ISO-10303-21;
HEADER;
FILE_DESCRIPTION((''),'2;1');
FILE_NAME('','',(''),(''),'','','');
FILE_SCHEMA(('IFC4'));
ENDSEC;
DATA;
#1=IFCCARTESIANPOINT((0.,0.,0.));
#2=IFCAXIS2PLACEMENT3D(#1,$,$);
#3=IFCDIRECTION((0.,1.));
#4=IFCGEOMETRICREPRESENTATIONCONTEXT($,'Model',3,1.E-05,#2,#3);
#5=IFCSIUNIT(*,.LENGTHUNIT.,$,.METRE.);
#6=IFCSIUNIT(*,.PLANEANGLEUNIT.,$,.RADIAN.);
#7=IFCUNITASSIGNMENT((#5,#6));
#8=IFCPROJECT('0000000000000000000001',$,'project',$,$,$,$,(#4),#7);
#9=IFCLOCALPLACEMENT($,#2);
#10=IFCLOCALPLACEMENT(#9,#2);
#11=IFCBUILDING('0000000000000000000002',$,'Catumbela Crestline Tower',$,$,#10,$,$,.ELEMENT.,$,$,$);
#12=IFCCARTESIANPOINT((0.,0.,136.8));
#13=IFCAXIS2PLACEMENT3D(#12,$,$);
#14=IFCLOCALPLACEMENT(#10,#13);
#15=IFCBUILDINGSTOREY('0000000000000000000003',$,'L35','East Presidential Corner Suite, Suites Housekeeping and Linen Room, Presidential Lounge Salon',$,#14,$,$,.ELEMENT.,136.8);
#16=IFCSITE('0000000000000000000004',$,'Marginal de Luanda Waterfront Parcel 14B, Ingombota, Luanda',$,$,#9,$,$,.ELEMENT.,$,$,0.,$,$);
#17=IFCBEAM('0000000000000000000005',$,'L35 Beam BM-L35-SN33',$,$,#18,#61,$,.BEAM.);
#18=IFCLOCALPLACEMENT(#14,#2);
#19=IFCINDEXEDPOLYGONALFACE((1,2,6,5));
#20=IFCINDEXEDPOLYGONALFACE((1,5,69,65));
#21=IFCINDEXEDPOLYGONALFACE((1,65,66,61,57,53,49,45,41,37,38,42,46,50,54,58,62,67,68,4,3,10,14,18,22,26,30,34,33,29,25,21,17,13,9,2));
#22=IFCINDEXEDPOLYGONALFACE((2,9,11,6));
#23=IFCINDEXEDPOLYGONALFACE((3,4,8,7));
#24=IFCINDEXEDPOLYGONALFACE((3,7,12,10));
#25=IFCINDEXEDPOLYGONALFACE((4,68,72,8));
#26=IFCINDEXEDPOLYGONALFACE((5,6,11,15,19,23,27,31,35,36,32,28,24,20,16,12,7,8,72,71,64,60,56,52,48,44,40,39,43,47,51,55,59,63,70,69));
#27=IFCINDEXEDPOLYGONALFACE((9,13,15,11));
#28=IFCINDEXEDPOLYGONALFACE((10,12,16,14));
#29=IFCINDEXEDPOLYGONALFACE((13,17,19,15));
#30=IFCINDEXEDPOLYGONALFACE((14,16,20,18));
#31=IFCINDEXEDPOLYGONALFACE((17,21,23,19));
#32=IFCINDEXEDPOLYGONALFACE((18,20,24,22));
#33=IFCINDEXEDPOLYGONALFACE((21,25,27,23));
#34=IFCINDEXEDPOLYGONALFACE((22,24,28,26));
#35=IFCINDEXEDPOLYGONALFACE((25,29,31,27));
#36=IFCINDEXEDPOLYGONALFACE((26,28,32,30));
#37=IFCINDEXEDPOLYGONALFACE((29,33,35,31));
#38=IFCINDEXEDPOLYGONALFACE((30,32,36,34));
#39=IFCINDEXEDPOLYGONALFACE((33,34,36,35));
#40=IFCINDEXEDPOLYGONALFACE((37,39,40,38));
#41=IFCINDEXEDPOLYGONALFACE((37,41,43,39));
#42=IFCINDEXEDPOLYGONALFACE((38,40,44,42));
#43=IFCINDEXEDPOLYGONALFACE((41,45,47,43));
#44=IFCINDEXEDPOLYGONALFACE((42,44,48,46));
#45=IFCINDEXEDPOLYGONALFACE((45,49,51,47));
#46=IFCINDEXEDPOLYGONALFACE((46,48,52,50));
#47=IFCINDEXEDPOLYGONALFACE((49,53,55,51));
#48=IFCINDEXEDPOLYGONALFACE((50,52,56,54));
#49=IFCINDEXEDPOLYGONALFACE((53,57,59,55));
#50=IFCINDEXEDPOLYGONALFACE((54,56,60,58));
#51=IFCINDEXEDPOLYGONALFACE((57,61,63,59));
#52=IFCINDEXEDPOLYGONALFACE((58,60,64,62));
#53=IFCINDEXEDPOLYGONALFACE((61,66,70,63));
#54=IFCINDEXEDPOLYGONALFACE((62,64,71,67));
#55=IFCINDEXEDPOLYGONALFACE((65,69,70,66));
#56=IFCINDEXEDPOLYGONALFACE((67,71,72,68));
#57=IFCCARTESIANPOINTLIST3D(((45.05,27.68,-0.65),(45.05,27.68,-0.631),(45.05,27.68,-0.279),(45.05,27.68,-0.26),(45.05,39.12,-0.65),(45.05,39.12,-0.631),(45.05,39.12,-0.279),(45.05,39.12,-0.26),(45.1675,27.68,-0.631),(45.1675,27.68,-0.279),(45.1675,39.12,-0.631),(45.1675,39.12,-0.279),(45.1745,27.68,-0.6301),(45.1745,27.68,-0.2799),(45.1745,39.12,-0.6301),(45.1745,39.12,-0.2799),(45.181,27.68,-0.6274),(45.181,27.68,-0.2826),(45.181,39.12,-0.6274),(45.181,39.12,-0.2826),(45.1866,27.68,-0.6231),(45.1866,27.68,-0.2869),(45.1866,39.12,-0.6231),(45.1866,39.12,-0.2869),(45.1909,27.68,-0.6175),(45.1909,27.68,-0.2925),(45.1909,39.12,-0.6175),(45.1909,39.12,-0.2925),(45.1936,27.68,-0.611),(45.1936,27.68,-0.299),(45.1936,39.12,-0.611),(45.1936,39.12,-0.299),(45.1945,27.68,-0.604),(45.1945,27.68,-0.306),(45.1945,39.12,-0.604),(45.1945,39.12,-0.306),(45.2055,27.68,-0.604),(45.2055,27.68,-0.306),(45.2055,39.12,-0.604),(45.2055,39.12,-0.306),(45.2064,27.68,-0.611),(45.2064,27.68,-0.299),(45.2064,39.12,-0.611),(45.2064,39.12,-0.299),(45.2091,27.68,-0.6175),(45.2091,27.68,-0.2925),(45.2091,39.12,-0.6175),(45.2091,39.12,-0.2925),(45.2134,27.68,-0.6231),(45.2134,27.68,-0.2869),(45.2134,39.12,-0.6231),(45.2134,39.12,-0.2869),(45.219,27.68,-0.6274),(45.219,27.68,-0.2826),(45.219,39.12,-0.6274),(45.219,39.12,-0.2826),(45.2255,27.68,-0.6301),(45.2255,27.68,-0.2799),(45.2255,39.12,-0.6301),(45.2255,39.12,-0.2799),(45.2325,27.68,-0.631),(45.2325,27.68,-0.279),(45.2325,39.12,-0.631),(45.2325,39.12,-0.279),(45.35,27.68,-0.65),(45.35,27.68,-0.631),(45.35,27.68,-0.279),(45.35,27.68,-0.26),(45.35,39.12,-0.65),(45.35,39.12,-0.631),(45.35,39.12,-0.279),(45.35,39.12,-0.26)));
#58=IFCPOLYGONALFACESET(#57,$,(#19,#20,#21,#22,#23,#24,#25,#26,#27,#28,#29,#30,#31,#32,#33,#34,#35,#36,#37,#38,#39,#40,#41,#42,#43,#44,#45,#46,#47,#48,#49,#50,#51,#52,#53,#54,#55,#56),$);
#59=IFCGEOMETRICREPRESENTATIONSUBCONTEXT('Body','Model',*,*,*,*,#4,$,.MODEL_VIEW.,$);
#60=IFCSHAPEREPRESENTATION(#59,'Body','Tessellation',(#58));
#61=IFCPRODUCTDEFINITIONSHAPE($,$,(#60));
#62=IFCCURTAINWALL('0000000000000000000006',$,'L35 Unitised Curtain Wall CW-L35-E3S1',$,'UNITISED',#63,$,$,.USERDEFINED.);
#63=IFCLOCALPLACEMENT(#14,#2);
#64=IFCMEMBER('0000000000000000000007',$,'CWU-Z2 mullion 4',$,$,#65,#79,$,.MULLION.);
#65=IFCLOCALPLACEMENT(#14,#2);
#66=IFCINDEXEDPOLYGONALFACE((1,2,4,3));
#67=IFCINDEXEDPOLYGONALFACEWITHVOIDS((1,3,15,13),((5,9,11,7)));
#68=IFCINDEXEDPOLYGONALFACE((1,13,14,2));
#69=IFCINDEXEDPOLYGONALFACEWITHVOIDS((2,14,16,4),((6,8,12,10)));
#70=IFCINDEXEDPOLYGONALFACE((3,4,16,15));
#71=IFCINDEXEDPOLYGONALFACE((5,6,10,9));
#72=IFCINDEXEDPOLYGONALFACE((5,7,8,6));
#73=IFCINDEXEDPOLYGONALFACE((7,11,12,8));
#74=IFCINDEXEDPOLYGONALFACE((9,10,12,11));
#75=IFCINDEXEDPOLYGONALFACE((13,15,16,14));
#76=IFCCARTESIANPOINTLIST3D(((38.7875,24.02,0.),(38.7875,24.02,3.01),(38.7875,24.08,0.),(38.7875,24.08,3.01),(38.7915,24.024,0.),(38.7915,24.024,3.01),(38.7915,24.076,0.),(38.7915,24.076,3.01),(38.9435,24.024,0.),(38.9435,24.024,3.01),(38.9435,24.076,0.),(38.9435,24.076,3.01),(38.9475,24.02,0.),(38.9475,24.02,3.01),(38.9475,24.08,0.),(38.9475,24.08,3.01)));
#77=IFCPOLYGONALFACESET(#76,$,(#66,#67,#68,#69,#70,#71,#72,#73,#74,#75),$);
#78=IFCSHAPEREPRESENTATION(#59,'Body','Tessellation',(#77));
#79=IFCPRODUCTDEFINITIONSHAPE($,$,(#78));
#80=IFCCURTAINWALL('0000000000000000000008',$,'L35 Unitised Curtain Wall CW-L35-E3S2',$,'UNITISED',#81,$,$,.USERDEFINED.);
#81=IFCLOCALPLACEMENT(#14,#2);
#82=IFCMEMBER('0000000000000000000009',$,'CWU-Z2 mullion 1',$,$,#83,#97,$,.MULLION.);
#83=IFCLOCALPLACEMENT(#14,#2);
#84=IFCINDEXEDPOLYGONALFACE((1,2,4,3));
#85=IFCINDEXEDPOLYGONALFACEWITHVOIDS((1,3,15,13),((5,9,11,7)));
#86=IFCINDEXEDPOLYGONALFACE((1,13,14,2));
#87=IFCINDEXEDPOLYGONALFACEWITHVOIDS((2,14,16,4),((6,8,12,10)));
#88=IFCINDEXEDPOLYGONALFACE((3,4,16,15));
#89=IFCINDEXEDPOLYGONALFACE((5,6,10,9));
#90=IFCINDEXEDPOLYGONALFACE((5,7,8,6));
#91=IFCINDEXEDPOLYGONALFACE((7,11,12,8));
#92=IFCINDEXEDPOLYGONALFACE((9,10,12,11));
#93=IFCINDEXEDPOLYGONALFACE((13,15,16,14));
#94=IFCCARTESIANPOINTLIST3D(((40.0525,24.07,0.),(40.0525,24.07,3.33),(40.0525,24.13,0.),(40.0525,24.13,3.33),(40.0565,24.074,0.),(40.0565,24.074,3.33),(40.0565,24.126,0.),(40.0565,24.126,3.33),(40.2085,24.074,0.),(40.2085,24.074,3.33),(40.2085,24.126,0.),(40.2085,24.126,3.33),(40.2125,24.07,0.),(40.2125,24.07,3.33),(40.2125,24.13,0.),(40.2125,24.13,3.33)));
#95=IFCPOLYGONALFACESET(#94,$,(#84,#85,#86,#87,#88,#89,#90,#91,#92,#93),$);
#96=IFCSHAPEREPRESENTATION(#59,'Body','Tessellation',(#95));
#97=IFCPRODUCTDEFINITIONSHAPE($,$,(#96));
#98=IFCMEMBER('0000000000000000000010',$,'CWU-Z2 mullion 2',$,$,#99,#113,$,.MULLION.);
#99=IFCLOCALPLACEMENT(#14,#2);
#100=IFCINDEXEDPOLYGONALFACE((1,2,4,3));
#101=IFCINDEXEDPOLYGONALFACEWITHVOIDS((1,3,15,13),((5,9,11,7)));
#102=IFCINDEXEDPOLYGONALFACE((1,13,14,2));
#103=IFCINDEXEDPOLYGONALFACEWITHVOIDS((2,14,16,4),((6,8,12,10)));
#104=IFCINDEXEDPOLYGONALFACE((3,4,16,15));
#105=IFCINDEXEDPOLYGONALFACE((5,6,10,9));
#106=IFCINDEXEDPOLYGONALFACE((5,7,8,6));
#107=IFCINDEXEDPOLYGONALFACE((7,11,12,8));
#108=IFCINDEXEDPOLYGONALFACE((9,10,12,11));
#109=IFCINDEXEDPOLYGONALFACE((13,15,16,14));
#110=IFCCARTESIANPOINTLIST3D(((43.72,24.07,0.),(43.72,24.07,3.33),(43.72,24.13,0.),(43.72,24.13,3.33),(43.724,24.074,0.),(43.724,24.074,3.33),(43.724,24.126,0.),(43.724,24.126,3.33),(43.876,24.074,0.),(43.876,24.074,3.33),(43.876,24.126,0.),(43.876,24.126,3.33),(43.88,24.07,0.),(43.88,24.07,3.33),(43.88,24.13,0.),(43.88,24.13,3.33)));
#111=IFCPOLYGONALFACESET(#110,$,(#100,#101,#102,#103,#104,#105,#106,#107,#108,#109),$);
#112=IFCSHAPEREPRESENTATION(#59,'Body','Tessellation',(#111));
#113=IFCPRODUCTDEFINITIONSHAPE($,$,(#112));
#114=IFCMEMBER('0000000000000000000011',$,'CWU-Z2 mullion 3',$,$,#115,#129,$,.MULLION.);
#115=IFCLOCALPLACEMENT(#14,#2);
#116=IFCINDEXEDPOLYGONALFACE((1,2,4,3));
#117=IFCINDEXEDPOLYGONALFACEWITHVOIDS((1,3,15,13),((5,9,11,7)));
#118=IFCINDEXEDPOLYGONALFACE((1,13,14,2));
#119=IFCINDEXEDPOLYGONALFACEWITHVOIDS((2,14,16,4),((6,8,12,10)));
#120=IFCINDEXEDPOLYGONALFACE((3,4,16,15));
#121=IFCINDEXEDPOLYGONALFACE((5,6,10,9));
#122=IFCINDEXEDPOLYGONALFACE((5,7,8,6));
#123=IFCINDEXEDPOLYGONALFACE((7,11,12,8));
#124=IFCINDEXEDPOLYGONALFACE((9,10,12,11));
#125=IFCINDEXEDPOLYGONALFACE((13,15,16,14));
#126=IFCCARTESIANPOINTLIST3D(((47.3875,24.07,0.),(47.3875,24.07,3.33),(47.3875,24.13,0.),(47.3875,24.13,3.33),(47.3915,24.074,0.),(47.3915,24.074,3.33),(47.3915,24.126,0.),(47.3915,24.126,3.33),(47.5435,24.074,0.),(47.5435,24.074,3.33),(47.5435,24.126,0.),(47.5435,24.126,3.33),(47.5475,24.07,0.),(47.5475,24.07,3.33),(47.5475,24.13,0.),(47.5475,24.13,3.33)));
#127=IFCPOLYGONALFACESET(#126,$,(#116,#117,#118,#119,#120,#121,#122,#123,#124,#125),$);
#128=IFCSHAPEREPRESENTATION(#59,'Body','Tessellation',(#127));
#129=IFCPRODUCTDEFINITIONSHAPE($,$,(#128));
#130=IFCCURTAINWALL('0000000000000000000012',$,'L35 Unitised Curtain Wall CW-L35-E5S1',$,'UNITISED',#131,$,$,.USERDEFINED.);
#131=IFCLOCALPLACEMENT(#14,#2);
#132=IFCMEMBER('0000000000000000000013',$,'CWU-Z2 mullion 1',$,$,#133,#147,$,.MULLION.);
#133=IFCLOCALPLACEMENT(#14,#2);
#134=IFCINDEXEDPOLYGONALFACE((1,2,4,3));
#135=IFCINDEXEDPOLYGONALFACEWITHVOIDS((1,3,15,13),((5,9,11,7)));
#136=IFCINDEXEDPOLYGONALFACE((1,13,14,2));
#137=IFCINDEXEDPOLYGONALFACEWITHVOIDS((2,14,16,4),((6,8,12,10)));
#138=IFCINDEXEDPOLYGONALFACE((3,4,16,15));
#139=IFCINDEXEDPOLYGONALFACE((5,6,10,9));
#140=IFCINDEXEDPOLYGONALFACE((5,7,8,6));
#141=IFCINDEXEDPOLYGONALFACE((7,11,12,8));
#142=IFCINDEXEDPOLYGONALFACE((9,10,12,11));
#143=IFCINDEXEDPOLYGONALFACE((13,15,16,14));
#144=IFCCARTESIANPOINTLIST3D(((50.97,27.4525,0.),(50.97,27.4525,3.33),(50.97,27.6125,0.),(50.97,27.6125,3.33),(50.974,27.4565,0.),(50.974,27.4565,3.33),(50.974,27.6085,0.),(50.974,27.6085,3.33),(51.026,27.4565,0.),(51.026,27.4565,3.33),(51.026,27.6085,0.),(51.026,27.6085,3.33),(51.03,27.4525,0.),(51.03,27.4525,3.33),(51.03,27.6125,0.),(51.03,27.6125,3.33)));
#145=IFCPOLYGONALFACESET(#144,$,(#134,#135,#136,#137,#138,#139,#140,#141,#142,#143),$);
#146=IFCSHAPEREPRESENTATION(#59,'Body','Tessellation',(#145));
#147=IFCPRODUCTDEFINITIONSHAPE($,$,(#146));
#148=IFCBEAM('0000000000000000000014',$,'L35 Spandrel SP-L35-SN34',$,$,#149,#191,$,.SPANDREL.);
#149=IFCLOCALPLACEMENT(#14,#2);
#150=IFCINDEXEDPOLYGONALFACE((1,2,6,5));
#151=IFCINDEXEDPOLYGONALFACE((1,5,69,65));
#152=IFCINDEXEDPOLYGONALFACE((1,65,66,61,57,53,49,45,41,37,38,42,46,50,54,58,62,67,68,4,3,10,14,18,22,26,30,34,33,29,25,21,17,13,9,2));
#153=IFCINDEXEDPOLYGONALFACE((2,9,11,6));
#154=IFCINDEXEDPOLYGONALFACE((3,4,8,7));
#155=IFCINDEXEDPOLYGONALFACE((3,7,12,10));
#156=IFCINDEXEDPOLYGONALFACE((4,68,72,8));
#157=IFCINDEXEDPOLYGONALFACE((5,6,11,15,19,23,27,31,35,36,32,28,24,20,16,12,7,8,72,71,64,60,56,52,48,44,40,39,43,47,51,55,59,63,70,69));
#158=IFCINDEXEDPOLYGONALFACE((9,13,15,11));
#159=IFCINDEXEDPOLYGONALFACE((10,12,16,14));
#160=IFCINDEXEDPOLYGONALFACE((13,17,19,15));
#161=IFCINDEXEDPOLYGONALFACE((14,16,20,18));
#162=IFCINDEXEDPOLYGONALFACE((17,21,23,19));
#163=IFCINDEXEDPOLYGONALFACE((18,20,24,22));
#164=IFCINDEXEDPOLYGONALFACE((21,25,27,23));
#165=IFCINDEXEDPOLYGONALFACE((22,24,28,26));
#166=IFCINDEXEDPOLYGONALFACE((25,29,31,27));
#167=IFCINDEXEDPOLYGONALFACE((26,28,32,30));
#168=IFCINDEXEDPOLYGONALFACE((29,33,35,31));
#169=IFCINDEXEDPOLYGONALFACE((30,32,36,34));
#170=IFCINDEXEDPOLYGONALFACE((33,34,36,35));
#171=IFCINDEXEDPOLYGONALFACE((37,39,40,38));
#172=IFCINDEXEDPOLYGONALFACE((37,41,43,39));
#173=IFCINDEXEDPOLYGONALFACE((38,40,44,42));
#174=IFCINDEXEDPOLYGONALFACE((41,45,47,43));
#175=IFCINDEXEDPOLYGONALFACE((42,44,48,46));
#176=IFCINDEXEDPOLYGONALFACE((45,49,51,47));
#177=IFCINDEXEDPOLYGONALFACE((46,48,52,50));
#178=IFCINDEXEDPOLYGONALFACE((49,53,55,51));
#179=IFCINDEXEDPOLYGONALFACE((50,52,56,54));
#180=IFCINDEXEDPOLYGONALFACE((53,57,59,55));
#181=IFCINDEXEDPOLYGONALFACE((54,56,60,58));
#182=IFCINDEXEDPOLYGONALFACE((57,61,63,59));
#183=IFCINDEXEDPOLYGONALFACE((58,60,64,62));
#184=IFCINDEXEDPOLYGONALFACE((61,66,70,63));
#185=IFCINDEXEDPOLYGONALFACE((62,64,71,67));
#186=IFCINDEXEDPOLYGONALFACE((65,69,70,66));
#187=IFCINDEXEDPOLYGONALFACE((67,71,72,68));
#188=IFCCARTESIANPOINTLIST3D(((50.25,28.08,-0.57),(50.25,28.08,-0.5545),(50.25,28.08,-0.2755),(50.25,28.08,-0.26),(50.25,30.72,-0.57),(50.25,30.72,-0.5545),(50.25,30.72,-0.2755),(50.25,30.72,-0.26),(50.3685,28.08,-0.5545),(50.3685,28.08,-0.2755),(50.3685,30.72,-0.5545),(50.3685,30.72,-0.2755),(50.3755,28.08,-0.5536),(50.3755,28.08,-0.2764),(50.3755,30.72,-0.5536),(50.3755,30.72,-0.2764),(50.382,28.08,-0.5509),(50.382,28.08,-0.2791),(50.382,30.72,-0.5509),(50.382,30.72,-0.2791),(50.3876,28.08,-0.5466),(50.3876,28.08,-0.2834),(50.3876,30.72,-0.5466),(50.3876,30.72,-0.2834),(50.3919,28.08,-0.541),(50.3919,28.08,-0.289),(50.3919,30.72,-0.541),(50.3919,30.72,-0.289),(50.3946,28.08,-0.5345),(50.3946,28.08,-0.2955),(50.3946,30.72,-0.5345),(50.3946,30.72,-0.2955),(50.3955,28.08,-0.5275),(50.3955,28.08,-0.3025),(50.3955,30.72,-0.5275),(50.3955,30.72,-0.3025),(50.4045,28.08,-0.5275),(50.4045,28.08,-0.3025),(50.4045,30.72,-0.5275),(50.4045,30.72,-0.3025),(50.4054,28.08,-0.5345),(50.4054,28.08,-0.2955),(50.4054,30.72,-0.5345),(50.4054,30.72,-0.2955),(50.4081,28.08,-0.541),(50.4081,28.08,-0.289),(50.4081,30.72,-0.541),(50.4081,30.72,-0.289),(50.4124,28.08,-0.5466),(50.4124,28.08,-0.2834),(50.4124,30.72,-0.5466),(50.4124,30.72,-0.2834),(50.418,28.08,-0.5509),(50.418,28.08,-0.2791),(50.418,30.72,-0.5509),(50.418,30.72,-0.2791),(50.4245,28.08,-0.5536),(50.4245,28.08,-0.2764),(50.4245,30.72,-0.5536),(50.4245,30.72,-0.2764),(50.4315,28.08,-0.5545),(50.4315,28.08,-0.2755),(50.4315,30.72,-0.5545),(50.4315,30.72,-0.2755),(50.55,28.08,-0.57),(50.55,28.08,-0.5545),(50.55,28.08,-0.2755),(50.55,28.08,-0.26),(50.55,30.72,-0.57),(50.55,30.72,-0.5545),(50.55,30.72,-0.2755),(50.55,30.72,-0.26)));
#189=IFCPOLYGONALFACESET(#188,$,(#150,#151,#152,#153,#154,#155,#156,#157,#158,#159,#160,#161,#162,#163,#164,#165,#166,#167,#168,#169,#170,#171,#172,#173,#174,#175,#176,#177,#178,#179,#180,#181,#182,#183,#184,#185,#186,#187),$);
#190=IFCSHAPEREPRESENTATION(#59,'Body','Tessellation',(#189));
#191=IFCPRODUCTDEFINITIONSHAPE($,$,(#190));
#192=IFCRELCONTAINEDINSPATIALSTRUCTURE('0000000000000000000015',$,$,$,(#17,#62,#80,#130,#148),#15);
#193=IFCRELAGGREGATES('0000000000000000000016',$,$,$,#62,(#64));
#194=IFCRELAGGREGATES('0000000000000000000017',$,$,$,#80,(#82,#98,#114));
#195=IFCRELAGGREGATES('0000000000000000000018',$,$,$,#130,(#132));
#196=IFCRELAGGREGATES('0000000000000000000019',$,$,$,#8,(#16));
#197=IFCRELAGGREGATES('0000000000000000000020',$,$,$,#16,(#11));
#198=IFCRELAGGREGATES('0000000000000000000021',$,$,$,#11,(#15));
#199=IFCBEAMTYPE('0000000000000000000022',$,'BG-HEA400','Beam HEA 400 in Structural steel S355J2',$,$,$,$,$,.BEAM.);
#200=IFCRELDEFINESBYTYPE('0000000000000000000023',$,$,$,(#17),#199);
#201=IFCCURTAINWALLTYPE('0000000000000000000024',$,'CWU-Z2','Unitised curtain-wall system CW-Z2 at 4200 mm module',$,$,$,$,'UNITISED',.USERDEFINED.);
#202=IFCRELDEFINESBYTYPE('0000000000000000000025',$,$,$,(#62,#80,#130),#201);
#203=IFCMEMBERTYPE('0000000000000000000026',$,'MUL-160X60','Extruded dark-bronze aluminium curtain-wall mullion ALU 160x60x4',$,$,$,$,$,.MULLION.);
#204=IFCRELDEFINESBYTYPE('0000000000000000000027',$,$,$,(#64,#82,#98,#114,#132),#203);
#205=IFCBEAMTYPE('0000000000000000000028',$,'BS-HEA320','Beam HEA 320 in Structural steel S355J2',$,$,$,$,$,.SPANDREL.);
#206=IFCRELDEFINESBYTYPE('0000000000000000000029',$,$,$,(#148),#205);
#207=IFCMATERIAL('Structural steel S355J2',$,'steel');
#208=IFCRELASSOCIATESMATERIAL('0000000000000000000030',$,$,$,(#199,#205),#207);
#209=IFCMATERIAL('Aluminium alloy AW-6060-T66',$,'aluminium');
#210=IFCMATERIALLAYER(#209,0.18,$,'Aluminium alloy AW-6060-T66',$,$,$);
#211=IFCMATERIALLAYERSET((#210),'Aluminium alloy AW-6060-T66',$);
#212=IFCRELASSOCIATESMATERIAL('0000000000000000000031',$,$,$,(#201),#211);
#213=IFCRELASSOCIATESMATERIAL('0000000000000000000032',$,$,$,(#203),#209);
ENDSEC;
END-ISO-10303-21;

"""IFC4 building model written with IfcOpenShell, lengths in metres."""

from ifc_helpers import new_model, si_unit, direction, frame, origin, origin_2d, place, context, subcontext, project, spatial, hollow_rectangle, i_section, extrude, material, layer, layer_set, material_profile, profile_set, type_object, element, aggregate, save


model = new_model("IFC4")

# Units and contexts
model_context = context("Model", 3, precision=1e-05, world=origin(), true_north=direction((0.0, 1.0)))
body_context = subcontext(model_context, "Body", "Model", "MODEL_VIEW")
ifc_project = project(units=[si_unit("LENGTHUNIT", "METRE"), si_unit("PLANEANGLEUNIT", "RADIAN")], contexts=[model_context])

# Site, building, storey
site_placement = place(None, origin())
site = spatial("IfcSite", under=ifc_project, at=site_placement, Name="Marginal de Luanda Waterfront Parcel 14B, Ingombota, Luanda", CompositionType="ELEMENT", RefElevation=0.0)
building_placement = place(site_placement, origin())
building = spatial("IfcBuilding", under=site, at=building_placement, Name="Catumbela Crestline Tower", CompositionType="ELEMENT")
storey_placement = place(building_placement, frame((0.0, 0.0, 136.8)))
storey = spatial("IfcBuildingStorey", under=building, at=storey_placement, Name="L35", Description="East Presidential Corner Suite, Suites Housekeeping and Linen Room, Presidential Lounge Salon", CompositionType="ELEMENT", Elevation=136.8)

# Beam
ifc_material_1 = material(Name="Structural steel S355J2", Category="steel")
ifc_material_profile_1 = material_profile(ifc_material_1, i_section(OverallWidth=0.3, OverallDepth=0.39, WebThickness=0.011, FlangeThickness=0.019, FilletRadius=0.027, at=origin_2d()), Name="HEA 400")
ifc_profile_set_1 = profile_set([ifc_material_profile_1], Name="Structural steel S355J2")
beam_type_1 = type_object("IfcBeamType", Name="BG-HEA400", Description="Beam HEA 400 in Structural steel S355J2", PredefinedType="BEAM", material=ifc_profile_set_1)
beam_1_placement = place(storey_placement, frame((45.2, 27.68, -0.455), z_axis=(0.0, 1.0, 0.0), x_axis=(-1.0, 0.0, 0.0)))
element("IfcBeam", 1, at=beam_1_placement, inside=storey, type_object=beam_type_1, Name="L35 Beam BM-L35-SN33", PredefinedType="BEAM", context=body_context, shape_type="SweptSolid", body=[
    extrude(i_section(OverallWidth=0.3, OverallDepth=0.39, WebThickness=0.011, FlangeThickness=0.019, FilletRadius=0.027, at=origin_2d()), origin(), (0.0, 0.0, 1.0), 11.44),
])

# Curtain wall, member
ifc_material_2 = material(Name="Aluminium alloy AW-6060-T66", Category="aluminium")
ifc_layer_1 = layer(ifc_material_2, 0.18, Name="Aluminium alloy AW-6060-T66")
ifc_layer_set_1 = layer_set([ifc_layer_1], Name="Aluminium alloy AW-6060-T66")
curtain_wall_type = type_object("IfcCurtainWallType", Name="CWU-Z2", Description="Unitised curtain-wall system CW-Z2 at 4200 mm module", ElementType="UNITISED", PredefinedType="USERDEFINED", material=ifc_layer_set_1)
curtain_wall_1_placement = place(storey_placement, origin())
curtain_wall_1 = element("IfcCurtainWall", 2, at=curtain_wall_1_placement, inside=storey, type_object=curtain_wall_type, Name="L35 Unitised Curtain Wall CW-L35-E3S1", ObjectType="UNITISED", PredefinedType="USERDEFINED")
ifc_material_profile_2 = material_profile(ifc_material_2, hollow_rectangle(XDim=0.06, YDim=0.16, WallThickness=0.004, at=origin_2d()), Name="ALU 160x60x4")
ifc_profile_set_2 = profile_set([ifc_material_profile_2], Name="Aluminium alloy AW-6060-T66")
member_type_1 = type_object("IfcMemberType", Name="MUL-160X60", Description="Extruded dark-bronze aluminium curtain-wall mullion ALU 160x60x4", PredefinedType="MULLION", material=ifc_profile_set_2)
member_1_placement = place(storey_placement, frame((38.8675, 24.05, 0.0), z_axis=(0.0, 0.0, 1.0), x_axis=(0.0, 1.0, 0.0)))
member_1 = element("IfcMember", 3, at=member_1_placement, type_object=member_type_1, Name="CWU-Z2 mullion 4", PredefinedType="MULLION", context=body_context, shape_type="SweptSolid", body=[
    extrude(hollow_rectangle(XDim=0.06, YDim=0.16, WallThickness=0.004, at=origin_2d()), origin(), (0.0, 0.0, 1.0), 3.01),
])
aggregate(curtain_wall_1, [member_1])

# Curtain wall, members
curtain_wall_2_placement = place(storey_placement, origin())
curtain_wall_2 = element("IfcCurtainWall", 4, at=curtain_wall_2_placement, inside=storey, type_object=curtain_wall_type, Name="L35 Unitised Curtain Wall CW-L35-E3S2", ObjectType="UNITISED", PredefinedType="USERDEFINED")
member_2_placement = place(storey_placement, frame((40.1325, 24.1, 0.0), z_axis=(0.0, 0.0, 1.0), x_axis=(0.0, 1.0, 0.0)))
member_2 = element("IfcMember", 5, at=member_2_placement, type_object=member_type_1, Name="CWU-Z2 mullion 1", PredefinedType="MULLION", context=body_context, shape_type="SweptSolid", body=[
    extrude(hollow_rectangle(XDim=0.06, YDim=0.16, WallThickness=0.004, at=origin_2d()), origin(), (0.0, 0.0, 1.0), 3.33),
])
member_3_placement = place(storey_placement, frame((43.8, 24.1, 0.0), z_axis=(0.0, 0.0, 1.0), x_axis=(0.0, 1.0, 0.0)))
member_3 = element("IfcMember", 6, at=member_3_placement, type_object=member_type_1, Name="CWU-Z2 mullion 2", PredefinedType="MULLION", context=body_context, shape_type="SweptSolid", body=[
    extrude(hollow_rectangle(XDim=0.06, YDim=0.16, WallThickness=0.004, at=origin_2d()), origin(), (0.0, 0.0, 1.0), 3.33),
])
member_4_placement = place(storey_placement, frame((47.4675, 24.1, 0.0), z_axis=(0.0, 0.0, 1.0), x_axis=(0.0, 1.0, 0.0)))
member_4 = element("IfcMember", 7, at=member_4_placement, type_object=member_type_1, Name="CWU-Z2 mullion 3", PredefinedType="MULLION", context=body_context, shape_type="SweptSolid", body=[
    extrude(hollow_rectangle(XDim=0.06, YDim=0.16, WallThickness=0.004, at=origin_2d()), origin(), (0.0, 0.0, 1.0), 3.33),
])

# Curtain wall, member
curtain_wall_3_placement = place(storey_placement, origin())
curtain_wall_3 = element("IfcCurtainWall", 8, at=curtain_wall_3_placement, inside=storey, type_object=curtain_wall_type, Name="L35 Unitised Curtain Wall CW-L35-E5S1", ObjectType="UNITISED", PredefinedType="USERDEFINED")
member_5_placement = place(storey_placement, frame((51.0, 27.5325, 0.0), z_axis=(0.0, 0.0, 1.0), x_axis=(-1.0, 0.0, 0.0)))
member_5 = element("IfcMember", 9, at=member_5_placement, type_object=member_type_1, Name="CWU-Z2 mullion 1", PredefinedType="MULLION", context=body_context, shape_type="SweptSolid", body=[
    extrude(hollow_rectangle(XDim=0.06, YDim=0.16, WallThickness=0.004, at=origin_2d()), origin(), (0.0, 0.0, 1.0), 3.33),
])

# Beam
ifc_material_profile_3 = material_profile(ifc_material_1, i_section(OverallWidth=0.3, OverallDepth=0.31, WebThickness=0.009, FlangeThickness=0.0155, FilletRadius=0.027, at=origin_2d()), Name="HEA 320")
ifc_profile_set_3 = profile_set([ifc_material_profile_3], Name="Structural steel S355J2")
beam_type_2 = type_object("IfcBeamType", Name="BS-HEA320", Description="Beam HEA 320 in Structural steel S355J2", PredefinedType="SPANDREL", material=ifc_profile_set_3)
beam_2_placement = place(storey_placement, frame((50.4, 28.08, -0.415), z_axis=(0.0, 1.0, 0.0), x_axis=(-1.0, 0.0, 0.0)))
element("IfcBeam", 10, at=beam_2_placement, inside=storey, type_object=beam_type_2, Name="L35 Spandrel SP-L35-SN34", PredefinedType="SPANDREL", context=body_context, shape_type="SweptSolid", body=[
    extrude(i_section(OverallWidth=0.3, OverallDepth=0.31, WebThickness=0.009, FlangeThickness=0.0155, FilletRadius=0.027, at=origin_2d()), origin(), (0.0, 0.0, 1.0), 2.64),
])

aggregate(curtain_wall_2, [member_2, member_3, member_4])
aggregate(curtain_wall_3, [member_5])

save(model, "model.ifc")
